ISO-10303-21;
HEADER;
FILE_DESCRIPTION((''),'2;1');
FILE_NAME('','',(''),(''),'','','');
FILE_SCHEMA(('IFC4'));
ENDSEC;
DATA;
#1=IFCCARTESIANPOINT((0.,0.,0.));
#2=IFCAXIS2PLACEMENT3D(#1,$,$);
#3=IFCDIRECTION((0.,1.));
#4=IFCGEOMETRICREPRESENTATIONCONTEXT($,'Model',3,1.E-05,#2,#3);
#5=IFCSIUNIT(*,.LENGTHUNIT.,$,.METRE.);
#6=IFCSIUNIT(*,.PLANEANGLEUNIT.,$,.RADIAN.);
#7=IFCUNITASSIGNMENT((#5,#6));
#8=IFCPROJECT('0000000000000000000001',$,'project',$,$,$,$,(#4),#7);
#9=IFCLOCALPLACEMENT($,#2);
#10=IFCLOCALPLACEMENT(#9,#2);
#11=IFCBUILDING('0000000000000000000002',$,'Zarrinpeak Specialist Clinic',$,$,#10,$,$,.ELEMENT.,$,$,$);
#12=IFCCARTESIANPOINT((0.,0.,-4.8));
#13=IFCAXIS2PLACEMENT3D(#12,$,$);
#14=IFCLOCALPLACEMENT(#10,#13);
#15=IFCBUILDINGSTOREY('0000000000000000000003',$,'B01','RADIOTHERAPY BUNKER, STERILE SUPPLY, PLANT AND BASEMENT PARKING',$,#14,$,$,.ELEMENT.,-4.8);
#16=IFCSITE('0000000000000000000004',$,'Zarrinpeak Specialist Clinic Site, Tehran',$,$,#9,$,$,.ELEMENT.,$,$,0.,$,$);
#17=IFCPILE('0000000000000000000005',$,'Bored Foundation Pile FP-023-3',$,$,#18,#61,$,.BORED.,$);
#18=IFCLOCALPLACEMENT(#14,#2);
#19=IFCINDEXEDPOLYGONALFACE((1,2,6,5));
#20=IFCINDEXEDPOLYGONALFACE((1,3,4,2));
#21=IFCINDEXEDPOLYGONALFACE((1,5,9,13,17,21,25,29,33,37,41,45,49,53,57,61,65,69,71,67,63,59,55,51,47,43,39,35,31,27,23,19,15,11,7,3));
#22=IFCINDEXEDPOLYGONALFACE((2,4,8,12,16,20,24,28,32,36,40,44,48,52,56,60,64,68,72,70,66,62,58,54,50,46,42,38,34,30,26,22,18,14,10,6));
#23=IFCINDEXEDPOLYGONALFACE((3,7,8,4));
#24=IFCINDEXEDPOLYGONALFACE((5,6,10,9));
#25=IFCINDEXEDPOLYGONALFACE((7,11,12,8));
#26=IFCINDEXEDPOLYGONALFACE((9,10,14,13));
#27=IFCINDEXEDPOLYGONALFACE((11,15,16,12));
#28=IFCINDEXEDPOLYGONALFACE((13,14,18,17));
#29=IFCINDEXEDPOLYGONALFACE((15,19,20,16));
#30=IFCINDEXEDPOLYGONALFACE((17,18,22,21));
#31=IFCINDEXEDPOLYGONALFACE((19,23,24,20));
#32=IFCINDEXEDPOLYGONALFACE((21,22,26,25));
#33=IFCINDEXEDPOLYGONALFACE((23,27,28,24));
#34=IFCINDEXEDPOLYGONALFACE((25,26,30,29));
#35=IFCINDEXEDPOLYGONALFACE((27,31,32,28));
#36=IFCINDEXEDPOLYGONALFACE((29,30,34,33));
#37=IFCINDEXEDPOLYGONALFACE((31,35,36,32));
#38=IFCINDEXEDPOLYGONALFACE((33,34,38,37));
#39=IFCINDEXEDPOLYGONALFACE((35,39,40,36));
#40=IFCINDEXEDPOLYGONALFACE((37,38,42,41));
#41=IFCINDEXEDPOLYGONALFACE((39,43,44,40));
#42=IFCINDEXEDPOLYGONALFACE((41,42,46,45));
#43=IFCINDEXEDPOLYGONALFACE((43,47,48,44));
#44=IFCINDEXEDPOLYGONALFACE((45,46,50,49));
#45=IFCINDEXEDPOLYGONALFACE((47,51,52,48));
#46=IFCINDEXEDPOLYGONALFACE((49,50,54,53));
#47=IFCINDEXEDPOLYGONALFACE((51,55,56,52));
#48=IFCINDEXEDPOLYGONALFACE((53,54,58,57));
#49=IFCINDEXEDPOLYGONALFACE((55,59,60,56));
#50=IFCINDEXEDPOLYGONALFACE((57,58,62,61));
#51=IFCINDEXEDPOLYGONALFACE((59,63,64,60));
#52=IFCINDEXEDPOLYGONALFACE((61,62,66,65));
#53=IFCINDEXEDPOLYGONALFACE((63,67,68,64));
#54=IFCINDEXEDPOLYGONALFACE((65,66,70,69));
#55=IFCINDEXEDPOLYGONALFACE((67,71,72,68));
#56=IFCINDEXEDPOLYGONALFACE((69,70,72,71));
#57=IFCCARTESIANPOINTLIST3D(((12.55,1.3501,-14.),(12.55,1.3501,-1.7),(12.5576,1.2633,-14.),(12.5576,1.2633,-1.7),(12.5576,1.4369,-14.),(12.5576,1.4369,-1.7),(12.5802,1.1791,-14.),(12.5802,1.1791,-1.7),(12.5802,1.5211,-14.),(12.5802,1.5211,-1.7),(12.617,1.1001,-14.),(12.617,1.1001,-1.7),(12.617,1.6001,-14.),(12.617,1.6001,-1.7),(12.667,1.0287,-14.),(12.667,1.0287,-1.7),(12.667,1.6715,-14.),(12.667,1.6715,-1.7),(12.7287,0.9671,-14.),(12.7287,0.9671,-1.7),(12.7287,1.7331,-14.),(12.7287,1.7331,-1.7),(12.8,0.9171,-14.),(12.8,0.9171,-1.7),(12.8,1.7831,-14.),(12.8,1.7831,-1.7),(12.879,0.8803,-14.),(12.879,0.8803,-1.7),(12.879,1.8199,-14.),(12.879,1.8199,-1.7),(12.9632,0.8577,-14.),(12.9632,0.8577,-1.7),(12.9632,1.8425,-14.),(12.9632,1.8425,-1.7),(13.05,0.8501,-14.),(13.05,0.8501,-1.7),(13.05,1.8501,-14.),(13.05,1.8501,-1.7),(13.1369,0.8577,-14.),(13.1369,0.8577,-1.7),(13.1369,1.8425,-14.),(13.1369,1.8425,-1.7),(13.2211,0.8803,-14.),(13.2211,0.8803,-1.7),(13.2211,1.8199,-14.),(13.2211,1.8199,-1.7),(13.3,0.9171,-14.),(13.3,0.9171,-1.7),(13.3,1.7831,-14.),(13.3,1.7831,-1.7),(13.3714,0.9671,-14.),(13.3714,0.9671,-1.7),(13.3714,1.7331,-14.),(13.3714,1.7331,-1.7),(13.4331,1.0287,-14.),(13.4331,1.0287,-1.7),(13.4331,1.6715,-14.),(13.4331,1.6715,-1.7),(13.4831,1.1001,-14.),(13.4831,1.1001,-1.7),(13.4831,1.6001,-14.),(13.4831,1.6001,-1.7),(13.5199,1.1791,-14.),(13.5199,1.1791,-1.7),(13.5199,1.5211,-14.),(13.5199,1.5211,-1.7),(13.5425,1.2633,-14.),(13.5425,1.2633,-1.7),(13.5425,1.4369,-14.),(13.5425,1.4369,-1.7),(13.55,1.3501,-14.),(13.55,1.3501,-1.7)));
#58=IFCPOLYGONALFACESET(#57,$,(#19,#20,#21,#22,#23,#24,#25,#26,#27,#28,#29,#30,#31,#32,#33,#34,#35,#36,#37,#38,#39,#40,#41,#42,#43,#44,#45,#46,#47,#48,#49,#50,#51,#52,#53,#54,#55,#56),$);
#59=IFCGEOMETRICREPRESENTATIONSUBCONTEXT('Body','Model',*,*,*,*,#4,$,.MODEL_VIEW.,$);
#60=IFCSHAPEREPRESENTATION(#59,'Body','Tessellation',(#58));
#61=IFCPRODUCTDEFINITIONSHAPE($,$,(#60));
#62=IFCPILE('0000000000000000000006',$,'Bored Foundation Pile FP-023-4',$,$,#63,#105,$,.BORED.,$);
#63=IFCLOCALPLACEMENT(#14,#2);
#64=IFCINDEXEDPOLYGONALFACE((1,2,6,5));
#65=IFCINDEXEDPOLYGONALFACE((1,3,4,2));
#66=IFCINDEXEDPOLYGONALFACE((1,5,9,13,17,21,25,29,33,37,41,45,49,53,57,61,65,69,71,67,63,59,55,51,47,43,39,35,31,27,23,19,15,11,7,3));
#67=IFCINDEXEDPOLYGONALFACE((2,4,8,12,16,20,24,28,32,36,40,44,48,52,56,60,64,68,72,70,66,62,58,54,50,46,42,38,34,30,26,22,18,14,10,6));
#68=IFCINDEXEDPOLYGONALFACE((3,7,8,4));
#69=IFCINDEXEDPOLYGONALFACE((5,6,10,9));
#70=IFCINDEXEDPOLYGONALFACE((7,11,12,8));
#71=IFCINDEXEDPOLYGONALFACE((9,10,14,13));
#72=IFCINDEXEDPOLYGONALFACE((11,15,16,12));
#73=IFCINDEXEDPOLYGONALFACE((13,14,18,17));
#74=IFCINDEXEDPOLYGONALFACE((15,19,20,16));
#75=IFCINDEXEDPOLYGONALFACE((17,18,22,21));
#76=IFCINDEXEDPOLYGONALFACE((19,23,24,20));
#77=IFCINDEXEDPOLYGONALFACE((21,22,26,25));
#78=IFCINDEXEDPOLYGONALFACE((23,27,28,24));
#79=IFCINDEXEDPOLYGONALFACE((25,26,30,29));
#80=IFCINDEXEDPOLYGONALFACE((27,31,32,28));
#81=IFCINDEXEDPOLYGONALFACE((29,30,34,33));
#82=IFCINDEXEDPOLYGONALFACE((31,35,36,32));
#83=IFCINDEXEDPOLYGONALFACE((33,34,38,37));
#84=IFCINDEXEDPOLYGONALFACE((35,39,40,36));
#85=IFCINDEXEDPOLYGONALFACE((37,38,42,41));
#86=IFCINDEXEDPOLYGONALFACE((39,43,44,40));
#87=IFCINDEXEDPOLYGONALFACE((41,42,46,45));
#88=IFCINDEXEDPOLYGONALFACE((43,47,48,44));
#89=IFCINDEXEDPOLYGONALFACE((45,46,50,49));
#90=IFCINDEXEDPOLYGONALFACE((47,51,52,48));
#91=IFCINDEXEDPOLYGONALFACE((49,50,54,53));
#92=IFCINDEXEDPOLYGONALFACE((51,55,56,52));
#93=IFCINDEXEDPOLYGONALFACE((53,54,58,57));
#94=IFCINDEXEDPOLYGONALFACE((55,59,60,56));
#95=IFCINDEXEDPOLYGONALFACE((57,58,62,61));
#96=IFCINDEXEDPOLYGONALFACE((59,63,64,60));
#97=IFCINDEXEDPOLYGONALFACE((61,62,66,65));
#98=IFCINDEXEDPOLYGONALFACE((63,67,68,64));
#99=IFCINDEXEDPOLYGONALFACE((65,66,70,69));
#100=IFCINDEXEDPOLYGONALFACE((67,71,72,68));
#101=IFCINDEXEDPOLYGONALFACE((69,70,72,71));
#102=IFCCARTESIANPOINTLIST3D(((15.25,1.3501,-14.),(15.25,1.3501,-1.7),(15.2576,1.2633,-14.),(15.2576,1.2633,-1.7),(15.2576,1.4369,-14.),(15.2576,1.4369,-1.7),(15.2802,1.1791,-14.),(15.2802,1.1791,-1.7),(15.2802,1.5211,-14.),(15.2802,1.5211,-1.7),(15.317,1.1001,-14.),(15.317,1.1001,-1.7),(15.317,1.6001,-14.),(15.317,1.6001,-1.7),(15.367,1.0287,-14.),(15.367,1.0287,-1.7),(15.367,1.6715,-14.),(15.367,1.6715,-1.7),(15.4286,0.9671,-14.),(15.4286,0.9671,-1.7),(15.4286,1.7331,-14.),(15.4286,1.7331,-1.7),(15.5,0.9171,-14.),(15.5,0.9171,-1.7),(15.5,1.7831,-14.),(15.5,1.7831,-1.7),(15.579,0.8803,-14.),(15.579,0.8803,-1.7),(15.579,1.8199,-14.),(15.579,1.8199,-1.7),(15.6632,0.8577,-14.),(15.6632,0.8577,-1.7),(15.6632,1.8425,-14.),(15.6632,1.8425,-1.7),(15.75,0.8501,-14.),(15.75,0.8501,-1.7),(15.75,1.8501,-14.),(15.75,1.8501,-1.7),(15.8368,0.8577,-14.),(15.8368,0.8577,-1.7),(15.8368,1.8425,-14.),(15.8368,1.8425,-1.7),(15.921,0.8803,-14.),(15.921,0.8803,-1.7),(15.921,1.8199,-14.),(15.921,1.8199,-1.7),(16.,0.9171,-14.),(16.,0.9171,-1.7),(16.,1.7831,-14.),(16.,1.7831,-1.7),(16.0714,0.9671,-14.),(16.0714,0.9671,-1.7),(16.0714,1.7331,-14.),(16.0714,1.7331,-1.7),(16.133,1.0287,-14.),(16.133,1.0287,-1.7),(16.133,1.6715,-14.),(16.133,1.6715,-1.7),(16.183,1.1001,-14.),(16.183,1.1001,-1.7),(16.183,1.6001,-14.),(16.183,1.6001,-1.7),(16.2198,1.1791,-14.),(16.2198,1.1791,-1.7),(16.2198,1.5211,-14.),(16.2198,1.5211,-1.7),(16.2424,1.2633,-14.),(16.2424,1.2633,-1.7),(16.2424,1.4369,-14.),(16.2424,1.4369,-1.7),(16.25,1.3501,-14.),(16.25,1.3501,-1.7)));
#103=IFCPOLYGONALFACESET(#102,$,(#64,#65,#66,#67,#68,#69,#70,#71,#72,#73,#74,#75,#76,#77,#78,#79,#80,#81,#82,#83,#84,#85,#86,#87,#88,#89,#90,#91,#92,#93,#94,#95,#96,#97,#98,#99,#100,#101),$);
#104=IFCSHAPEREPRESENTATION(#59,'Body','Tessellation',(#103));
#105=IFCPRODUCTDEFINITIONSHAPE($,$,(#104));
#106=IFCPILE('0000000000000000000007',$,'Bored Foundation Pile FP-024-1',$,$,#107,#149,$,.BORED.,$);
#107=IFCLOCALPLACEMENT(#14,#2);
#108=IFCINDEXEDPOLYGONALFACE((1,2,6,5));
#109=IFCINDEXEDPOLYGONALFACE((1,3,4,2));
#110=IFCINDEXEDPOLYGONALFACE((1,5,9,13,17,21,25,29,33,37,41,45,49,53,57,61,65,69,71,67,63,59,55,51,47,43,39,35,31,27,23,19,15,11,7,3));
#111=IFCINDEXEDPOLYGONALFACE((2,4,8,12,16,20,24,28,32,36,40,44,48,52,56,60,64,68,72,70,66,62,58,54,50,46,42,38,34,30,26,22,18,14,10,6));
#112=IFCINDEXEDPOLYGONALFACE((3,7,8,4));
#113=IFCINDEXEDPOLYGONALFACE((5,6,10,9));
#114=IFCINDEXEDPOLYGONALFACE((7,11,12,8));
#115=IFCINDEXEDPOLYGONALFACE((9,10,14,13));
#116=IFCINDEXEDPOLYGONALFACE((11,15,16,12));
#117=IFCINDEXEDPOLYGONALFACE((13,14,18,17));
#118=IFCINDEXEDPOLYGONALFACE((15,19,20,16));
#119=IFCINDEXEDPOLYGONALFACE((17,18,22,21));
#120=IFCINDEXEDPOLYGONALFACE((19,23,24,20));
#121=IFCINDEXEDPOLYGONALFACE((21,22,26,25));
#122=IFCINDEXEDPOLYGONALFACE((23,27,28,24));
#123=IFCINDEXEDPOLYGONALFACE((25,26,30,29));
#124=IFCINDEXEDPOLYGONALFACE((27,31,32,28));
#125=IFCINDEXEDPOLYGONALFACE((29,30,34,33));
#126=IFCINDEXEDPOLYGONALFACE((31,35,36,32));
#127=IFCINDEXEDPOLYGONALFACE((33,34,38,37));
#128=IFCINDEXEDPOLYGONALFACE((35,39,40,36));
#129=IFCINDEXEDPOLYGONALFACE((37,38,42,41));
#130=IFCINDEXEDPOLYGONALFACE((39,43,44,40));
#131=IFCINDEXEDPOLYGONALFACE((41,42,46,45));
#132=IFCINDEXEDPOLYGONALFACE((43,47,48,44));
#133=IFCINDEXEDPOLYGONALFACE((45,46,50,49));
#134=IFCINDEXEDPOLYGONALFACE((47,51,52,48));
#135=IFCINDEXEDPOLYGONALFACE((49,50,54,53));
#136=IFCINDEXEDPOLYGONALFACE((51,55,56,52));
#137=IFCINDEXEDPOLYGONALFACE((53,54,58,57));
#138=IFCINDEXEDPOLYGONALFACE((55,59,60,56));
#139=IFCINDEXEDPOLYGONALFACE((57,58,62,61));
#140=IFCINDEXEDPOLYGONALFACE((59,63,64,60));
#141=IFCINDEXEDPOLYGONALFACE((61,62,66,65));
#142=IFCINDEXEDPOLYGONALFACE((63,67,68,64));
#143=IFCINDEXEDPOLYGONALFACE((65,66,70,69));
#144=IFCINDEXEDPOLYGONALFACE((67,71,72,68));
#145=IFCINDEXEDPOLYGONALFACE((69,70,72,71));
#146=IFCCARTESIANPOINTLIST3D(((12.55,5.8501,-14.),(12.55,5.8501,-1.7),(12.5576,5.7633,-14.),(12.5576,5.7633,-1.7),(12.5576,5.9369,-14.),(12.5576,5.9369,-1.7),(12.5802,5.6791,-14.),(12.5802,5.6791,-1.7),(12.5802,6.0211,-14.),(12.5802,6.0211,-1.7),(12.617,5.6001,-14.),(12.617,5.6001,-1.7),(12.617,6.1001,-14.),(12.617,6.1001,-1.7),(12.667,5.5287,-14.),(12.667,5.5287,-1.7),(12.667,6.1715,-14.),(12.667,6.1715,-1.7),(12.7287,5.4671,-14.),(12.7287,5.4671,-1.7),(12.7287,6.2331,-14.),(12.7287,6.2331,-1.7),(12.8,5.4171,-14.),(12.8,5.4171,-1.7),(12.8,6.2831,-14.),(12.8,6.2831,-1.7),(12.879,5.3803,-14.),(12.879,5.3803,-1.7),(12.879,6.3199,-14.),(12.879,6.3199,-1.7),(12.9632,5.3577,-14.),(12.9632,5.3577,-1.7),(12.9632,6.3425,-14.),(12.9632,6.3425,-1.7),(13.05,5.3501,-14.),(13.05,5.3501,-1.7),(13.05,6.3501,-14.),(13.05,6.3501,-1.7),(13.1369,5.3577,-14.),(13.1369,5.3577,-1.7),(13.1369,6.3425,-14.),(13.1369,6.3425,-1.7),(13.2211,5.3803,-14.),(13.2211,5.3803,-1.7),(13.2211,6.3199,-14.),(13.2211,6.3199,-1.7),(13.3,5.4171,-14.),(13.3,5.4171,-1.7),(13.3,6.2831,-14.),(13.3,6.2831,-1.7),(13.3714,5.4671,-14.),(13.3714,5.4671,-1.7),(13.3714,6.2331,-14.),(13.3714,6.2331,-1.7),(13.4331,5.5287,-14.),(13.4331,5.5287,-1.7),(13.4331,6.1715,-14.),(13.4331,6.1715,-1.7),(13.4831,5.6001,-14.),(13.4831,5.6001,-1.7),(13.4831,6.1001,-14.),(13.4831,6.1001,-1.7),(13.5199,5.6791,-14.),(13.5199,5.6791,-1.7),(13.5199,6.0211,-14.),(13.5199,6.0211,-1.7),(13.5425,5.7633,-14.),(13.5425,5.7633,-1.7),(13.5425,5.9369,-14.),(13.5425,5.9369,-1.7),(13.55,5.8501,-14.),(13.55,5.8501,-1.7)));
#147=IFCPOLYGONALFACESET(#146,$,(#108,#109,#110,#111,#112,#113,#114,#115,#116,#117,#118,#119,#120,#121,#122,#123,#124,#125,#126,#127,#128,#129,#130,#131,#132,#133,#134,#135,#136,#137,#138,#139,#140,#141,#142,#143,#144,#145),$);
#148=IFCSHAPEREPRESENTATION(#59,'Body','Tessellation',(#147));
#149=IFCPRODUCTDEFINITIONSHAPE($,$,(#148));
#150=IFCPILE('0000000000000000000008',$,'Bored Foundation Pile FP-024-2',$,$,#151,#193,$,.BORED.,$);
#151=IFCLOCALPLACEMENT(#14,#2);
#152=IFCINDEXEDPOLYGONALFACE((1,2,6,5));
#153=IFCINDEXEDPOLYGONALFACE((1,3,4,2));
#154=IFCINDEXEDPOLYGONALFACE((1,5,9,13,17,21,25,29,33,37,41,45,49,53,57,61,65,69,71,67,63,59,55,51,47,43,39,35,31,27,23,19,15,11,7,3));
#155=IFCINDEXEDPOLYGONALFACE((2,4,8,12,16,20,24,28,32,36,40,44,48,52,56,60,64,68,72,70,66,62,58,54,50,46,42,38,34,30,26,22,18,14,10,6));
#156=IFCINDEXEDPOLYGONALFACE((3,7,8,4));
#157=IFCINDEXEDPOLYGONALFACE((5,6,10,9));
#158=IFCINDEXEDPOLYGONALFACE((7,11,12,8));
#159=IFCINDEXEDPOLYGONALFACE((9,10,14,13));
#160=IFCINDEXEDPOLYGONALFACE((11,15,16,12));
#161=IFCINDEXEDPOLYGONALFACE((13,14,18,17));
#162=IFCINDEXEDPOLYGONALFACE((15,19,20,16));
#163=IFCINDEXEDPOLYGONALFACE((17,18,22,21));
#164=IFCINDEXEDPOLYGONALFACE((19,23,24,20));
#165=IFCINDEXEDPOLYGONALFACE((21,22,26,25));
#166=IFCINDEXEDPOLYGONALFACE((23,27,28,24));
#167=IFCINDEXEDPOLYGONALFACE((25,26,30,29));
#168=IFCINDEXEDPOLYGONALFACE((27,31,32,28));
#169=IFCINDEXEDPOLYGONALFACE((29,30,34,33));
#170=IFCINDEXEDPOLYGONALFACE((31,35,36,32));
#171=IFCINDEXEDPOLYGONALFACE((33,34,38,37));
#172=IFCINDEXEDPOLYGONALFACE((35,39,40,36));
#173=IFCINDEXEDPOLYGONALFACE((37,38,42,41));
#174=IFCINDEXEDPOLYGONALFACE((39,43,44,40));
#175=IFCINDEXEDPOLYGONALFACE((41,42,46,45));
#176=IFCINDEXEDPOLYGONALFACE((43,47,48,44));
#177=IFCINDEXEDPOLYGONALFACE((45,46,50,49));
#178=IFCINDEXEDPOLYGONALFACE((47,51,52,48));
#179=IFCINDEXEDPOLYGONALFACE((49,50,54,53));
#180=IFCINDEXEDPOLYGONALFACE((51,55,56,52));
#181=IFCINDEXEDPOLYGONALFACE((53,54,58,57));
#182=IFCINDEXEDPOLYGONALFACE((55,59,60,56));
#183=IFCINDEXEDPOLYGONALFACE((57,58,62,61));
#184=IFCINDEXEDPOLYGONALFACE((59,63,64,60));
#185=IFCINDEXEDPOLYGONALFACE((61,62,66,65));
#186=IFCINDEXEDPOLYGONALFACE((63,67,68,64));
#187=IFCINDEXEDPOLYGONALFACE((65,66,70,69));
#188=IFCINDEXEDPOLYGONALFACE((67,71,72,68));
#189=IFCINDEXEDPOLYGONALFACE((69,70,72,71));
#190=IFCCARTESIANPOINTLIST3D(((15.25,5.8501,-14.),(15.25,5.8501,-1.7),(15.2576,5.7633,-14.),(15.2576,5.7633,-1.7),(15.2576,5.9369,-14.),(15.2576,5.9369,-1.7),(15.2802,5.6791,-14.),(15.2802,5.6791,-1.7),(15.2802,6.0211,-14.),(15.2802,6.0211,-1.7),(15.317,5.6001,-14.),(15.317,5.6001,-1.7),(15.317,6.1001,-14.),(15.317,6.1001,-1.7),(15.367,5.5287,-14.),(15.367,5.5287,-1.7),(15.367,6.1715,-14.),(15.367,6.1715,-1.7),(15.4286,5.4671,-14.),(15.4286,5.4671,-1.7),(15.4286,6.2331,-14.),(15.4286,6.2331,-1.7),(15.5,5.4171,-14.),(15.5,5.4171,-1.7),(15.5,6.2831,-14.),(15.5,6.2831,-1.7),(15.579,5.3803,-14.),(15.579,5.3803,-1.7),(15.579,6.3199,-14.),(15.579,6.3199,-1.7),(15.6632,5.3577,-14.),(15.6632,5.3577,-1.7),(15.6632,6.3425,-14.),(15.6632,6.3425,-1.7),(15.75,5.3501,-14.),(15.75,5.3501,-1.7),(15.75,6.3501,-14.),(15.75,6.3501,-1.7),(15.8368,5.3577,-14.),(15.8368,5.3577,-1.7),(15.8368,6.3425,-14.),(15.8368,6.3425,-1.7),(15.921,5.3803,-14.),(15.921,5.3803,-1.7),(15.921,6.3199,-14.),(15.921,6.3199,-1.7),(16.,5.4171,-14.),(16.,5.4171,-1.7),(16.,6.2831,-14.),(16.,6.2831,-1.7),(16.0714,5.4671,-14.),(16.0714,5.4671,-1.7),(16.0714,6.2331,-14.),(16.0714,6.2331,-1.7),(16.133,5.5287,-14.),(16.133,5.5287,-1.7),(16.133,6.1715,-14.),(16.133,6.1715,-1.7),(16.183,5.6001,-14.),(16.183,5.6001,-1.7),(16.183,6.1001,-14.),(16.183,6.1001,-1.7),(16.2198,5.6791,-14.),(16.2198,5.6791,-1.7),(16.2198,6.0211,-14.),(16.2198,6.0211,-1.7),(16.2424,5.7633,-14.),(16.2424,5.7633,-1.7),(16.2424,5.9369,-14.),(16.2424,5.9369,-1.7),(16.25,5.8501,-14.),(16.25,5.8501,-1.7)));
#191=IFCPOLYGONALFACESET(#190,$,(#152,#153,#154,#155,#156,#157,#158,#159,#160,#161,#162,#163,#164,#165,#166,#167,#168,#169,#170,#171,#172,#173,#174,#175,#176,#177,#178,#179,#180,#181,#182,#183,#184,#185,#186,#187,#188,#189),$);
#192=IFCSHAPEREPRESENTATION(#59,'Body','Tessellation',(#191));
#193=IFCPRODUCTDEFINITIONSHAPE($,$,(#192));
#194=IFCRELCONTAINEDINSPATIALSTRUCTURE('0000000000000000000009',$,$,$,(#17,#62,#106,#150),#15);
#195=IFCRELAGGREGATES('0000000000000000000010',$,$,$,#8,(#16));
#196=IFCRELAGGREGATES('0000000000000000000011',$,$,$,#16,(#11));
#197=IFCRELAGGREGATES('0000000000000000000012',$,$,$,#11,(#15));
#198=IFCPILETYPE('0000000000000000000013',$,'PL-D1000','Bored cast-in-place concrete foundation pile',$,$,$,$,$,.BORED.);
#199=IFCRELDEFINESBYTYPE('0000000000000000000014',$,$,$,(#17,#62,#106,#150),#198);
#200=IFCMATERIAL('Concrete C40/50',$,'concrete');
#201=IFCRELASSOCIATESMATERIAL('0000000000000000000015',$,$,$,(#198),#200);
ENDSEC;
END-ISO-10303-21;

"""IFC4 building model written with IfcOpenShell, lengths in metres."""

from ifc_helpers import new_model, si_unit, direction, frame, origin, origin_2d, place, context, subcontext, project, spatial, circle, extrude, material, material_profile, profile_set, type_object, element, save


model = new_model("IFC4")

# Units and contexts
model_context = context("Model", 3, precision=1e-05, world=origin(), true_north=direction((0.0, 1.0)))
body_context = subcontext(model_context, "Body", "Model", "MODEL_VIEW")
ifc_project = project(units=[si_unit("LENGTHUNIT", "METRE"), si_unit("PLANEANGLEUNIT", "RADIAN")], contexts=[model_context])

# Site, building, storey
site_placement = place(None, origin())
site = spatial("IfcSite", under=ifc_project, at=site_placement, Name="Zarrinpeak Specialist Clinic Site, Tehran", CompositionType="ELEMENT", RefElevation=0.0)
building_placement = place(site_placement, origin())
building = spatial("IfcBuilding", under=site, at=building_placement, Name="Zarrinpeak Specialist Clinic", CompositionType="ELEMENT")
storey_placement = place(building_placement, frame((0.0, 0.0, -4.8)))
storey = spatial("IfcBuildingStorey", under=building, at=storey_placement, Name="B01", Description="RADIOTHERAPY BUNKER, STERILE SUPPLY, PLANT AND BASEMENT PARKING", CompositionType="ELEMENT", Elevation=-4.8)

# Shared definitions
ifc_material_1 = material(Name="Concrete C40/50", Category="concrete")

# Piles
ifc_material_profile_1 = material_profile(ifc_material_1, circle(Radius=0.5, at=origin_2d()), Name="BORED PILE D1000")
ifc_profile_set_1 = profile_set([ifc_material_profile_1], Name="Concrete C40/50")
pile_type = type_object("IfcPileType", Name="PL-D1000", Description="Bored cast-in-place concrete foundation pile", PredefinedType="BORED", material=ifc_profile_set_1)
for number, where, z_axis, x_axis, name in (
    (1, (13.05, 1.3501, -1.7), (0.0, 0.0, -1.0), (1.0, 0.0, 0.0), "Bored Foundation Pile FP-023-3"),
    (2, (15.75, 1.3501, -1.7), (0.0, 0.0, -1.0), (1.0, 0.0, 0.0), "Bored Foundation Pile FP-023-4"),
    (3, (13.05, 5.8501, -1.7), (0.0, 0.0, -1.0), (1.0, 0.0, 0.0), "Bored Foundation Pile FP-024-1"),
    (4, (15.75, 5.8501, -1.7), (0.0, 0.0, -1.0), (1.0, 0.0, 0.0), "Bored Foundation Pile FP-024-2"),
):
    element("IfcPile", number, at=place(storey_placement, frame(where, z_axis=z_axis, x_axis=x_axis)), inside=storey, type_object=pile_type, Name=name, PredefinedType="BORED", context=body_context, shape_type="SweptSolid", body=[
        extrude(circle(Radius=0.5, at=origin_2d()), origin(), (0.0, 0.0, 1.0), 12.3),
    ])

save(model, "model.ifc")
